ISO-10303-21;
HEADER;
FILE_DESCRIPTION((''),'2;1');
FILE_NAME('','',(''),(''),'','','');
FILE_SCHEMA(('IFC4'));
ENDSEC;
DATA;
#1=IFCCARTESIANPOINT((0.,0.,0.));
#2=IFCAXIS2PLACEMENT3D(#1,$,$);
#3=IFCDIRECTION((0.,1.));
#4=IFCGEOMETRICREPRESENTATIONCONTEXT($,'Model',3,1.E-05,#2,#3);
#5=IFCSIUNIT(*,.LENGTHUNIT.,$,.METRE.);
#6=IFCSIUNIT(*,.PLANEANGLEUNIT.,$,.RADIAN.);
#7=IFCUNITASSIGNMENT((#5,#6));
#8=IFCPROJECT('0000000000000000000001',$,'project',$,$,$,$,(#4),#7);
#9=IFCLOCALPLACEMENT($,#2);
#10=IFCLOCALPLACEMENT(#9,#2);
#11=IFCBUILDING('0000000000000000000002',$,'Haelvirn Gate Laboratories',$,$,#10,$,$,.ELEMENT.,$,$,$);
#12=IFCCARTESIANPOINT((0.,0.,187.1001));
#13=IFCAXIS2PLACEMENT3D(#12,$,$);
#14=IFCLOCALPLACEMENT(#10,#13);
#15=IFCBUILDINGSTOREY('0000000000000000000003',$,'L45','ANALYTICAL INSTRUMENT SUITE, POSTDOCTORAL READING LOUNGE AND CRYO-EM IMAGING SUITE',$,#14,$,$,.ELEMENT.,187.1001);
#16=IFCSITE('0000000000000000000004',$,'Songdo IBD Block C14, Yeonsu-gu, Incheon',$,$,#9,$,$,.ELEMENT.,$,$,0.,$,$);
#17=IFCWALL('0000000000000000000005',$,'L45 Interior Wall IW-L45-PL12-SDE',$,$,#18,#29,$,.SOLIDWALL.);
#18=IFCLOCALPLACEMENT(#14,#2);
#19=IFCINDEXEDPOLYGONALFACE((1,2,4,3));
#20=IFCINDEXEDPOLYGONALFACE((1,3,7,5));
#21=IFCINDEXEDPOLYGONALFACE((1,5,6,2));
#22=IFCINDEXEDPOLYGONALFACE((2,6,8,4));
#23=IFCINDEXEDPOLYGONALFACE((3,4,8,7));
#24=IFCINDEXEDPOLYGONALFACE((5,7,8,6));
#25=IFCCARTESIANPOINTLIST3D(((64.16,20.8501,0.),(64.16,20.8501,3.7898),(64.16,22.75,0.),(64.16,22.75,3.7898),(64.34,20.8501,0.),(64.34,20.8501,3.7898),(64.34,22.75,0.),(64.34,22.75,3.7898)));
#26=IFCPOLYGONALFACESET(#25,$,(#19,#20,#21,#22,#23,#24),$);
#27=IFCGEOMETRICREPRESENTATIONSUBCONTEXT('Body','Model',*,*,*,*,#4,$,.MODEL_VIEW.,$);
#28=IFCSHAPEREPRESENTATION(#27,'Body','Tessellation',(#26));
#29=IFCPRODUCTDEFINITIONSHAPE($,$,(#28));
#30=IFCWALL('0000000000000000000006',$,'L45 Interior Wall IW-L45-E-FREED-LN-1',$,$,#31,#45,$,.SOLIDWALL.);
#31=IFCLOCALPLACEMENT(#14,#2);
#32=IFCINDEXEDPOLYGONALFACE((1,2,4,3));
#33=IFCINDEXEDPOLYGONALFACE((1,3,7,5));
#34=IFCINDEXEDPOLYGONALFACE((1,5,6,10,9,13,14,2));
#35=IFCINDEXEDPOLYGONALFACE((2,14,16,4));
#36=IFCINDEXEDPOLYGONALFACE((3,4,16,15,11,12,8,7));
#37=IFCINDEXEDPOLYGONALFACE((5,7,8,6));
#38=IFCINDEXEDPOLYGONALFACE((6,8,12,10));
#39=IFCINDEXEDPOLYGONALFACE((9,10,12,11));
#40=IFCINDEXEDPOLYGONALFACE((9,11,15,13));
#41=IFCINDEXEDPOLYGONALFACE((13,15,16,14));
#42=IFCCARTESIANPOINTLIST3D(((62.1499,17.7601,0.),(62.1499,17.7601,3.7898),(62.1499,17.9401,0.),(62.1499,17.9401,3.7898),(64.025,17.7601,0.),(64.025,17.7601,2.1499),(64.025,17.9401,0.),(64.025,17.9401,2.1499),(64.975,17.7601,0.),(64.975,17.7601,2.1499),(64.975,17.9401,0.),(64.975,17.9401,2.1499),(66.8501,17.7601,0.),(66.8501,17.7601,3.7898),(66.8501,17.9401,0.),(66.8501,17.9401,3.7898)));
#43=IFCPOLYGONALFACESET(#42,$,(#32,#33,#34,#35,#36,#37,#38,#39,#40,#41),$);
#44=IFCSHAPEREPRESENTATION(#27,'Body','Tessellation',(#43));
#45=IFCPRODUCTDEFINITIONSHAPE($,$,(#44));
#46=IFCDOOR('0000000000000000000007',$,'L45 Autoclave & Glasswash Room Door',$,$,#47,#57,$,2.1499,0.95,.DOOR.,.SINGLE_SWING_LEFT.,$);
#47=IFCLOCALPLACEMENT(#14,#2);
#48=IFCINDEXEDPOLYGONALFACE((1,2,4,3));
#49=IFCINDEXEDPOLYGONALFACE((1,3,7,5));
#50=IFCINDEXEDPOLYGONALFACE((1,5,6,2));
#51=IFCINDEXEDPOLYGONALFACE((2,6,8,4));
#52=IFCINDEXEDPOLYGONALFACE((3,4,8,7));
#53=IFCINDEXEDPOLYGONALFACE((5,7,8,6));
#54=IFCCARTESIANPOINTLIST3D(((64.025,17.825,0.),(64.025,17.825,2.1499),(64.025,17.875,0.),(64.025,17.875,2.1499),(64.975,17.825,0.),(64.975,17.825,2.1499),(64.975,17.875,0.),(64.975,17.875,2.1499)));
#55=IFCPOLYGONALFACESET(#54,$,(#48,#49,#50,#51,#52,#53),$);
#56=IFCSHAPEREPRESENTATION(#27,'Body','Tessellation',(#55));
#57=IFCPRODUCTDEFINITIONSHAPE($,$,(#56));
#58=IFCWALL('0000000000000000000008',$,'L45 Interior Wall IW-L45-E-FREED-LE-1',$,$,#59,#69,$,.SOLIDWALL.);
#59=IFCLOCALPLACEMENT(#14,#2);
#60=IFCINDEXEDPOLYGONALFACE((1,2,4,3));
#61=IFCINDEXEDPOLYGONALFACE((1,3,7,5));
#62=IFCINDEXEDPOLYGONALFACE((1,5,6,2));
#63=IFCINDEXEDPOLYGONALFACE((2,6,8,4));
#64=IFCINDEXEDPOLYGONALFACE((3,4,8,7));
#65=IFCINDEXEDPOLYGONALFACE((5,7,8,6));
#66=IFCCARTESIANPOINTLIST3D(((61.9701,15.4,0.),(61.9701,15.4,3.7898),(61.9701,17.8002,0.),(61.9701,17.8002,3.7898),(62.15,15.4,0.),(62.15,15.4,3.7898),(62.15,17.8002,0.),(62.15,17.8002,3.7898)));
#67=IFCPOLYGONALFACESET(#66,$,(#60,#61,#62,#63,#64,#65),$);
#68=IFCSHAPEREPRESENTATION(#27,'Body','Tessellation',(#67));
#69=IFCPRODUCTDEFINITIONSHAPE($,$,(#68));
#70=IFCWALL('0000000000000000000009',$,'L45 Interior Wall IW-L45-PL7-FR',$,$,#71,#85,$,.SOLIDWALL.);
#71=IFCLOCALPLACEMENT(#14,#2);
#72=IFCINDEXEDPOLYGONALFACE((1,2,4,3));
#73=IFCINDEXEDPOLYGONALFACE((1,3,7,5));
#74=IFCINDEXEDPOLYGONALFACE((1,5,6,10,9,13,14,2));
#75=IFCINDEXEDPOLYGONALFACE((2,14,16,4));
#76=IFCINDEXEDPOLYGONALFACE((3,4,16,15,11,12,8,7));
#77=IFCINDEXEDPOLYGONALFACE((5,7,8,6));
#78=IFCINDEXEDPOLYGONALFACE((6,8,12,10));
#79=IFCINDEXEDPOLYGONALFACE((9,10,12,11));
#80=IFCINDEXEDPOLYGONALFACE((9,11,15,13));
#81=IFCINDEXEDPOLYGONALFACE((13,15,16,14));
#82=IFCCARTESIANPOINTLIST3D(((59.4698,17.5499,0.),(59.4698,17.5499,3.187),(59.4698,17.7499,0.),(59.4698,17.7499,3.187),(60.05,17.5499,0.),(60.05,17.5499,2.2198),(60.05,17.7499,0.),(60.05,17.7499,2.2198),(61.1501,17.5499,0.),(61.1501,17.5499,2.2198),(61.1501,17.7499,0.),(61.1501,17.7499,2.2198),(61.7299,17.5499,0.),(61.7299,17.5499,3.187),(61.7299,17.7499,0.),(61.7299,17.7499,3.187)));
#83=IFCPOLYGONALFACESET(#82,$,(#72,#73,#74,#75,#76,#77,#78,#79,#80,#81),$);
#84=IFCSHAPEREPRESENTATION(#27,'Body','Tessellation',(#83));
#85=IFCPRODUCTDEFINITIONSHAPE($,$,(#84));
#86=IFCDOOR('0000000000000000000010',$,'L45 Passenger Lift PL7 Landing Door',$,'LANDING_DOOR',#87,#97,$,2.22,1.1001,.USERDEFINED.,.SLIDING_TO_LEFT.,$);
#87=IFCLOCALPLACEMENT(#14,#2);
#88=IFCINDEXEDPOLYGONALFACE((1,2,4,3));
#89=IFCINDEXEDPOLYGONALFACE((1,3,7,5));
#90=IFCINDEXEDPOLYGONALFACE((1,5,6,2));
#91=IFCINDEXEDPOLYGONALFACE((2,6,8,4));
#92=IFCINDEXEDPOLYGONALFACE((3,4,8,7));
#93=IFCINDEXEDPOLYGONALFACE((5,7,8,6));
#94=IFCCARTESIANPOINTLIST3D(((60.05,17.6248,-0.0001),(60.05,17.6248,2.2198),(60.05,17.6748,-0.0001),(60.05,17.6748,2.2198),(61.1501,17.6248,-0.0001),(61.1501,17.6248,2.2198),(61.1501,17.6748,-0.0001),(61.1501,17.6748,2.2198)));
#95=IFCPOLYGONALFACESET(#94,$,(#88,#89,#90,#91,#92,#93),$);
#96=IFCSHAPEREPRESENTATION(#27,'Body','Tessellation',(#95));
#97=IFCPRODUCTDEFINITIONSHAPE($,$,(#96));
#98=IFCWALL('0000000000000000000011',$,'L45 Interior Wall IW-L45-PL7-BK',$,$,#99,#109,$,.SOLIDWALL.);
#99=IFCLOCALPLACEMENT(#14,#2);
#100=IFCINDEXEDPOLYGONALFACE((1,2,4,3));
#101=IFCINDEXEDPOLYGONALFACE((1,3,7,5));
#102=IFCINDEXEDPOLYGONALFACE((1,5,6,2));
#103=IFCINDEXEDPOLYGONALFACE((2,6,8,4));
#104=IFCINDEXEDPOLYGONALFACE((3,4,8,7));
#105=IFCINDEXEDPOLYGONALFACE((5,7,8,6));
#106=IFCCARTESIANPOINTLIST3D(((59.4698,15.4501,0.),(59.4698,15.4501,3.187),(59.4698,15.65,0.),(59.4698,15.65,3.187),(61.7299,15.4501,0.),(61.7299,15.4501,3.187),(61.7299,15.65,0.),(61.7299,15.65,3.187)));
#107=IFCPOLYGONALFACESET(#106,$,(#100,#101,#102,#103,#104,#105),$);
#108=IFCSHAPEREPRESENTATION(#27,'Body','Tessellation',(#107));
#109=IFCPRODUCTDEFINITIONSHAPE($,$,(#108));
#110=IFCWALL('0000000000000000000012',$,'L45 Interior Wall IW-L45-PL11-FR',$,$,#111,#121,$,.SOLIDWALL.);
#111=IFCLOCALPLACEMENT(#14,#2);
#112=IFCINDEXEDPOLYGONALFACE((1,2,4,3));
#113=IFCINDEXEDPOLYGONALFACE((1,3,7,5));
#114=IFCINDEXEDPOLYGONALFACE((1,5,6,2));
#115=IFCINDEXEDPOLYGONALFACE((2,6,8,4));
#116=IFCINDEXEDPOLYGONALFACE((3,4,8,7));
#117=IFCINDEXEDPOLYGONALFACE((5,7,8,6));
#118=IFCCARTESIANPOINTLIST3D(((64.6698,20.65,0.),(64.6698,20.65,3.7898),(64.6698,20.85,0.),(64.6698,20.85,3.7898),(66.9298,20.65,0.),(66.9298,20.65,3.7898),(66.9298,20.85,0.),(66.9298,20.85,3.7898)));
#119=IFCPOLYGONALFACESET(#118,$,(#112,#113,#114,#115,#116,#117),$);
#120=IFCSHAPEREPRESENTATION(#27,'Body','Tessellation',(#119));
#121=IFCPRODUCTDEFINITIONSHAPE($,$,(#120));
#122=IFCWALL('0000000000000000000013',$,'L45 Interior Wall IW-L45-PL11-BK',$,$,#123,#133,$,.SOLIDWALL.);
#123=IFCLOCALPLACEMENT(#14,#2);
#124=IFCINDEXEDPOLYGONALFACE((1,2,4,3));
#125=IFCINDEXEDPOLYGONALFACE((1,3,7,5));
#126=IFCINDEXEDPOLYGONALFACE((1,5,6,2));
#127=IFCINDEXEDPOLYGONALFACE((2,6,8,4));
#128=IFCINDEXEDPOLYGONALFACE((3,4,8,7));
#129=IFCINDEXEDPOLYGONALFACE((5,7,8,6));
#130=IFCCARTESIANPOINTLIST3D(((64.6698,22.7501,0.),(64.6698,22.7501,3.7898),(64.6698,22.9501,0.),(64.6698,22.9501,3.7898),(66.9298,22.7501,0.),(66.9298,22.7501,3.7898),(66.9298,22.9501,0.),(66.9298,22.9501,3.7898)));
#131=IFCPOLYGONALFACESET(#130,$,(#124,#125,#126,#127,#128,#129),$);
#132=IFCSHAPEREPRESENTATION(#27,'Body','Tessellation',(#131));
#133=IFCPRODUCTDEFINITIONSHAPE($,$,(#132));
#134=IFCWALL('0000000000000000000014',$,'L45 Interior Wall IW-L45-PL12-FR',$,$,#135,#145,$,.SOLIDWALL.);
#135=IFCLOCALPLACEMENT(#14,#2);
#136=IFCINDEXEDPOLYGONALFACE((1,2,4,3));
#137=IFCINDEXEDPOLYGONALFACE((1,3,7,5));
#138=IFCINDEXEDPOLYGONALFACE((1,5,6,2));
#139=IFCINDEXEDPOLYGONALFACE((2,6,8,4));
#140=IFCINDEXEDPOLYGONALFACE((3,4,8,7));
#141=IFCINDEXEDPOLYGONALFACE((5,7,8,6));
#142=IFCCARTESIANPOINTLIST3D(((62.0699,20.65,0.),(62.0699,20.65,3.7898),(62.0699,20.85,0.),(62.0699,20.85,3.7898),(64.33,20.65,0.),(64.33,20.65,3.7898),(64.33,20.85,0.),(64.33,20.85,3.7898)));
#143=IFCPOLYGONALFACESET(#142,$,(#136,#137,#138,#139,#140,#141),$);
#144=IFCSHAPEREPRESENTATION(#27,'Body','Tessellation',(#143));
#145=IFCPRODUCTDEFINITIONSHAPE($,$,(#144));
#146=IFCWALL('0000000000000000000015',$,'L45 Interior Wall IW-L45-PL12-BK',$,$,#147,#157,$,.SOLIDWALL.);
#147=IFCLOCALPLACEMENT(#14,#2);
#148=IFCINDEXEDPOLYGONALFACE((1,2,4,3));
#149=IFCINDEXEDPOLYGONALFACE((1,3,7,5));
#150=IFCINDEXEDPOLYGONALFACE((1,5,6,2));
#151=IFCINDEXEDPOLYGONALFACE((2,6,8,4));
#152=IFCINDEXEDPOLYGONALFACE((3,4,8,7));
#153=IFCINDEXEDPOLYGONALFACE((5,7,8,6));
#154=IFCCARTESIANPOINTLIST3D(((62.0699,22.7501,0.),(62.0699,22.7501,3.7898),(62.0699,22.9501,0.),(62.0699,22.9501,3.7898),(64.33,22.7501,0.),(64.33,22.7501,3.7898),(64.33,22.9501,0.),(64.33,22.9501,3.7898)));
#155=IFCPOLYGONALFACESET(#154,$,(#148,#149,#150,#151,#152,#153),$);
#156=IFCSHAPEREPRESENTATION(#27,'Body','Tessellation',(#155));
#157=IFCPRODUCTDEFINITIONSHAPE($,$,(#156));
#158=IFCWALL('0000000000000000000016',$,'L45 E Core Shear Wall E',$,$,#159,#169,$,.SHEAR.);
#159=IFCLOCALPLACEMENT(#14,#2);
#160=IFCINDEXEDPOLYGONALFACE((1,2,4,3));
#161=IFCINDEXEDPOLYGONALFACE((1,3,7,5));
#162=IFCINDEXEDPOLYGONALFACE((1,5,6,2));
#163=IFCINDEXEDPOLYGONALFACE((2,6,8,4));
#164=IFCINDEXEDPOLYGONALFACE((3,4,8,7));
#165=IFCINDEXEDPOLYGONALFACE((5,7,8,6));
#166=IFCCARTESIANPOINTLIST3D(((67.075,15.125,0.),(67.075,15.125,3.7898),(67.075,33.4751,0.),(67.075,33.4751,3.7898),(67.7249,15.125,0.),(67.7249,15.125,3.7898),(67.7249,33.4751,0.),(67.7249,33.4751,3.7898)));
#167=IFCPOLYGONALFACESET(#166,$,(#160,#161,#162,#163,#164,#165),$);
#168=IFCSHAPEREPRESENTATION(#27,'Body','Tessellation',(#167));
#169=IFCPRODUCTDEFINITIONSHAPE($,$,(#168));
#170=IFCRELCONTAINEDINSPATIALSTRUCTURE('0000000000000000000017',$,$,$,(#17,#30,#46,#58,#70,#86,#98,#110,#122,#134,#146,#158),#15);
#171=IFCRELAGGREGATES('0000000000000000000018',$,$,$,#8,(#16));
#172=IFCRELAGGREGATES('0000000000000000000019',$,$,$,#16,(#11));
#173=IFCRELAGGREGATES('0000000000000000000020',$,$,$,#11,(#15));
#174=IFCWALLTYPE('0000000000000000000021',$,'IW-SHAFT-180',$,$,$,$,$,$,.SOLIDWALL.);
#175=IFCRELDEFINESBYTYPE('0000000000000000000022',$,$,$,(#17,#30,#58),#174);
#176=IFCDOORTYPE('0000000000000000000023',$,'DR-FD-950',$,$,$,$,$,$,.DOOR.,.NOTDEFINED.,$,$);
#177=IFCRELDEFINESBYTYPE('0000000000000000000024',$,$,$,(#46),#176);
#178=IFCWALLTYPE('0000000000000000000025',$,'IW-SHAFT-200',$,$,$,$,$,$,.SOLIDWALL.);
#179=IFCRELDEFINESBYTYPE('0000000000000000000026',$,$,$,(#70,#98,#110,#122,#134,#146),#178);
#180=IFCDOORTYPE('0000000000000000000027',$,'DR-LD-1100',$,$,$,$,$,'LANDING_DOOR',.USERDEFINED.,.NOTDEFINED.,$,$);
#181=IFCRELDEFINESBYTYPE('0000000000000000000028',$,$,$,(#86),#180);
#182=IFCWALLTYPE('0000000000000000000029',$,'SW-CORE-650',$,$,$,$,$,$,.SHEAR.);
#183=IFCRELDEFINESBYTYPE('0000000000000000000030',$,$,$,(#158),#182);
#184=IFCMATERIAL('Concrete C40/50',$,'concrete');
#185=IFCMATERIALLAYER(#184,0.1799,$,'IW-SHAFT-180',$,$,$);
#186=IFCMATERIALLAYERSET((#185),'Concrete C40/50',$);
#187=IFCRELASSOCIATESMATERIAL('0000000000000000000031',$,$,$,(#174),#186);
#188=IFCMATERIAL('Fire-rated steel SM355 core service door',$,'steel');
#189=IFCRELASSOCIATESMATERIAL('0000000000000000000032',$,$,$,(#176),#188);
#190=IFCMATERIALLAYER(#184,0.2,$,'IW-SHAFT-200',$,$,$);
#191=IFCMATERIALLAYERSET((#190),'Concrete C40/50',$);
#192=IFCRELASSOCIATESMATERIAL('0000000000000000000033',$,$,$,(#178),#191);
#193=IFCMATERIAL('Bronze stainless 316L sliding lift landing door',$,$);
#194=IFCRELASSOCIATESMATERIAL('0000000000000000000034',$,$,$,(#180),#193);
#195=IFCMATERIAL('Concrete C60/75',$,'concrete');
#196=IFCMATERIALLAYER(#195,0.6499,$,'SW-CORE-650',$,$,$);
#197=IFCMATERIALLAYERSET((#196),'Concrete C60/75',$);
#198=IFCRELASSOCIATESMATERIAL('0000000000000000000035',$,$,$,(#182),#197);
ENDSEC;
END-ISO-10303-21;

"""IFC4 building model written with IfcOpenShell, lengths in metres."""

from ifc_helpers import new_model, si_unit, direction, frame, frame_2d, origin, place, context, subcontext, project, spatial, rectangle, extrude, source, transform, mapped, material, layer, layer_set, type_object, type_shapes, element, fill, save


model = new_model("IFC4")

# Units and contexts
model_context = context("Model", 3, precision=1e-05, world=origin(), true_north=direction((0.0, 1.0)))
body_context = subcontext(model_context, "Body", "Model", "MODEL_VIEW")
ifc_project = project(units=[si_unit("LENGTHUNIT", "METRE"), si_unit("PLANEANGLEUNIT", "RADIAN")], contexts=[model_context])

# Site, building, storey
site_placement = place(None, origin())
site = spatial("IfcSite", under=ifc_project, at=site_placement, Name="Songdo IBD Block C14, Yeonsu-gu, Incheon", CompositionType="ELEMENT", RefElevation=0.0)
building_placement = place(site_placement, origin())
building = spatial("IfcBuilding", under=site, at=building_placement, Name="Haelvirn Gate Laboratories", CompositionType="ELEMENT")
storey_placement = place(building_placement, frame((0.0, 0.0, 187.1001)))
storey = spatial("IfcBuildingStorey", under=building, at=storey_placement, Name="L45", Description="ANALYTICAL INSTRUMENT SUITE, POSTDOCTORAL READING LOUNGE AND CRYO-EM IMAGING SUITE", CompositionType="ELEMENT", Elevation=187.1001)

# Shared definitions
ifc_material_1 = material(Name="Concrete C60/75", Category="concrete")

# Wall
ifc_material_2 = material(Name="Concrete C40/50", Category="concrete")
ifc_layer_1 = layer(ifc_material_2, 0.1799, Name="IW-SHAFT-180")
ifc_layer_set_1 = layer_set([ifc_layer_1], Name="Concrete C40/50")
wall_type_1 = type_object("IfcWallType", Name="IW-SHAFT-180", PredefinedType="SOLIDWALL", material=ifc_layer_set_1)
for number, where, z_axis, x_axis, name in (
    (1, (64.25, 20.8501, 0.0), (0.0, 0.0, 1.0), (0.0, 1.0, 0.0), "L45 Interior Wall IW-L45-PL12-SDE"),
):
    element("IfcWall", number, at=place(storey_placement, frame(where, z_axis=z_axis, x_axis=x_axis)), inside=storey, type_object=wall_type_1, Name=name, PredefinedType="SOLIDWALL", context=body_context, shape_type="SweptSolid", body=[
        extrude(rectangle(XDim=1.8999, YDim=0.1799, at=frame_2d((0.95, 0.0))), origin(), (0.0, 0.0, 1.0), 3.7898),
    ])

# Wall, opening, door
wall_1_placement = place(storey_placement, frame((62.1499, 17.8501, 0.0), z_axis=(0.0, 0.0, 1.0), x_axis=(1.0, 0.0, 0.0)))
wall_1 = element("IfcWall", 2, at=wall_1_placement, inside=storey, type_object=wall_type_1, Name="L45 Interior Wall IW-L45-E-FREED-LN-1", PredefinedType="SOLIDWALL", context=body_context, shape_type="SweptSolid", body=[
    extrude(rectangle(XDim=4.7002, YDim=0.1799, at=frame_2d((2.3501, 0.0))), origin(), (0.0, 0.0, 1.0), 3.7898),
])
opening_1_placement = place(wall_1_placement, frame((1.875, 0.0, 0.0)))
opening_1 = element("IfcOpeningElement", 3, at=opening_1_placement, cuts=wall_1, PredefinedType="OPENING", context=body_context, shape_type="SweptSolid", body=[
    extrude(rectangle(XDim=0.95, YDim=2.1499, at=frame_2d((0.4751, 1.075))), frame((0.0, 0.1001, 0.0), z_axis=(0.0, -1.0, 0.0), x_axis=(1.0, 0.0, 0.0)), (0.0, 0.0, 1.0), 0.2),
])
ifc_material_3 = material(Name="Fire-rated steel SM355 core service door", Category="steel")
door_type_1 = type_object("IfcDoorType", Name="DR-FD-950", OperationType="NOTDEFINED", PredefinedType="DOOR", material=ifc_material_3)
shared_shape_1 = source(origin(), body_context, "Body", "SweptSolid", [
    extrude(rectangle(XDim=0.95, YDim=2.1499, at=frame_2d((0.4751, 1.075))), frame((0.0, 0.0249, 0.0), z_axis=(0.0, -1.0, 0.0), x_axis=(1.0, 0.0, 0.0)), (0.0, 0.0, 1.0), 0.05),
])
type_shapes(door_type_1, [shared_shape_1])
door_1_placement = place(opening_1_placement, origin())
door_1 = element("IfcDoor", 4, at=door_1_placement, inside=storey, type_object=door_type_1, Name="L45 Autoclave & Glasswash Room Door", OperationType="SINGLE_SWING_LEFT", OverallHeight=2.1499, OverallWidth=0.95, PredefinedType="DOOR", context=body_context, shape_type="MappedRepresentation", body=[
    mapped(shared_shape_1, transform((0.0, 0.0, 0.0), scale=1.0)),
])
fill(opening_1, door_1)

# Wall
wall_2_placement = place(storey_placement, frame((62.0601, 15.3999, 0.0), z_axis=(0.0, 0.0, 1.0), x_axis=(0.0, 1.0, 0.0)))
element("IfcWall", 5, at=wall_2_placement, inside=storey, type_object=wall_type_1, Name="L45 Interior Wall IW-L45-E-FREED-LE-1", PredefinedType="SOLIDWALL", context=body_context, shape_type="SweptSolid", body=[
    extrude(rectangle(XDim=2.4001, YDim=0.1799, at=frame_2d((1.2002, 0.0))), origin(), (0.0, 0.0, 1.0), 3.7898),
])

# Wall, opening, door
ifc_layer_2 = layer(ifc_material_2, 0.2, Name="IW-SHAFT-200")
ifc_layer_set_2 = layer_set([ifc_layer_2], Name="Concrete C40/50")
wall_type_2 = type_object("IfcWallType", Name="IW-SHAFT-200", PredefinedType="SOLIDWALL", material=ifc_layer_set_2)
wall_3_placement = place(storey_placement, frame((59.47, 17.6499, 0.0), z_axis=(0.0, 0.0, 1.0), x_axis=(1.0, 0.0, 0.0)))
wall_3 = element("IfcWall", 6, at=wall_3_placement, inside=storey, type_object=wall_type_2, Name="L45 Interior Wall IW-L45-PL7-FR", PredefinedType="SOLIDWALL", context=body_context, shape_type="SweptSolid", body=[
    extrude(rectangle(XDim=2.26, YDim=0.2, at=frame_2d((1.1299, 0.0))), origin(), (0.0, 0.0, 1.0), 3.187),
])
opening_2_placement = place(wall_3_placement, frame((0.5801, 0.0, 0.0)))
opening_2 = element("IfcOpeningElement", 7, at=opening_2_placement, cuts=wall_3, PredefinedType="OPENING", context=body_context, shape_type="SweptSolid", body=[
    extrude(rectangle(XDim=1.1001, YDim=2.22, at=frame_2d((0.55, 1.1099))), frame((0.0, 0.1099, 0.0), z_axis=(0.0, -1.0, 0.0), x_axis=(1.0, 0.0, 0.0)), (0.0, 0.0, 1.0), 0.22),
])
ifc_material_4 = material(Name="Bronze stainless 316L sliding lift landing door")
door_type_2 = type_object("IfcDoorType", Name="DR-LD-1100", ElementType="LANDING_DOOR", OperationType="NOTDEFINED", PredefinedType="USERDEFINED", material=ifc_material_4)
shared_shape_2 = source(origin(), body_context, "Body", "SweptSolid", [
    extrude(rectangle(XDim=1.1001, YDim=2.22, at=frame_2d((0.55, 1.1099))), frame((0.0, 0.0249, 0.0), z_axis=(0.0, -1.0, 0.0), x_axis=(1.0, 0.0, 0.0)), (0.0, 0.0, 1.0), 0.05),
])
type_shapes(door_type_2, [shared_shape_2])
door_2_placement = place(opening_2_placement, origin())
door_2 = element("IfcDoor", 8, at=door_2_placement, inside=storey, type_object=door_type_2, Name="L45 Passenger Lift PL7 Landing Door", ObjectType="LANDING_DOOR", OperationType="SLIDING_TO_LEFT", OverallHeight=2.22, OverallWidth=1.1001, PredefinedType="USERDEFINED", context=body_context, shape_type="MappedRepresentation", body=[
    mapped(shared_shape_2, transform((0.0, 0.0, 0.0), scale=1.0)),
])
fill(opening_2, door_2)

# Walls
wall_4_placement = place(storey_placement, frame((59.47, 15.55, 0.0), z_axis=(0.0, 0.0, 1.0), x_axis=(1.0, 0.0, 0.0)))
element("IfcWall", 9, at=wall_4_placement, inside=storey, type_object=wall_type_2, Name="L45 Interior Wall IW-L45-PL7-BK", PredefinedType="SOLIDWALL", context=body_context, shape_type="SweptSolid", body=[
    extrude(rectangle(XDim=2.26, YDim=0.2, at=frame_2d((1.1299, 0.0))), origin(), (0.0, 0.0, 1.0), 3.187),
])
for number, where, z_axis, x_axis, name in (
    (10, (64.6699, 20.75, 0.0), (0.0, 0.0, 1.0), (1.0, 0.0, 0.0), "L45 Interior Wall IW-L45-PL11-FR"),
    (11, (64.6699, 22.8501, 0.0), (0.0, 0.0, 1.0), (1.0, 0.0, 0.0), "L45 Interior Wall IW-L45-PL11-BK"),
    (12, (62.0701, 20.75, 0.0), (0.0, 0.0, 1.0), (1.0, 0.0, 0.0), "L45 Interior Wall IW-L45-PL12-FR"),
    (13, (62.0701, 22.8501, 0.0), (0.0, 0.0, 1.0), (1.0, 0.0, 0.0), "L45 Interior Wall IW-L45-PL12-BK"),
):
    element("IfcWall", number, at=place(storey_placement, frame(where, z_axis=z_axis, x_axis=x_axis)), inside=storey, type_object=wall_type_2, Name=name, PredefinedType="SOLIDWALL", context=body_context, shape_type="SweptSolid", body=[
        extrude(rectangle(XDim=2.26, YDim=0.2, at=frame_2d((1.1299, 0.0))), origin(), (0.0, 0.0, 1.0), 3.7898),
    ])
ifc_layer_3 = layer(ifc_material_1, 0.6499, Name="SW-CORE-650")
ifc_layer_set_3 = layer_set([ifc_layer_3], Name="Concrete C60/75")
wall_type_3 = type_object("IfcWallType", Name="SW-CORE-650", PredefinedType="SHEAR", material=ifc_layer_set_3)
wall_5_placement = place(storey_placement, frame((67.3999, 15.125, 0.0), z_axis=(0.0, 0.0, 1.0), x_axis=(0.0, 1.0, 0.0)))
element("IfcWall", 14, at=wall_5_placement, inside=storey, type_object=wall_type_3, Name="L45 E Core Shear Wall E", PredefinedType="SHEAR", context=body_context, shape_type="SweptSolid", body=[
    extrude(rectangle(XDim=18.3501, YDim=0.6499, at=frame_2d((9.175, 0.0))), origin(), (0.0, 0.0, 1.0), 3.7898),
])

save(model, "model.ifc")
